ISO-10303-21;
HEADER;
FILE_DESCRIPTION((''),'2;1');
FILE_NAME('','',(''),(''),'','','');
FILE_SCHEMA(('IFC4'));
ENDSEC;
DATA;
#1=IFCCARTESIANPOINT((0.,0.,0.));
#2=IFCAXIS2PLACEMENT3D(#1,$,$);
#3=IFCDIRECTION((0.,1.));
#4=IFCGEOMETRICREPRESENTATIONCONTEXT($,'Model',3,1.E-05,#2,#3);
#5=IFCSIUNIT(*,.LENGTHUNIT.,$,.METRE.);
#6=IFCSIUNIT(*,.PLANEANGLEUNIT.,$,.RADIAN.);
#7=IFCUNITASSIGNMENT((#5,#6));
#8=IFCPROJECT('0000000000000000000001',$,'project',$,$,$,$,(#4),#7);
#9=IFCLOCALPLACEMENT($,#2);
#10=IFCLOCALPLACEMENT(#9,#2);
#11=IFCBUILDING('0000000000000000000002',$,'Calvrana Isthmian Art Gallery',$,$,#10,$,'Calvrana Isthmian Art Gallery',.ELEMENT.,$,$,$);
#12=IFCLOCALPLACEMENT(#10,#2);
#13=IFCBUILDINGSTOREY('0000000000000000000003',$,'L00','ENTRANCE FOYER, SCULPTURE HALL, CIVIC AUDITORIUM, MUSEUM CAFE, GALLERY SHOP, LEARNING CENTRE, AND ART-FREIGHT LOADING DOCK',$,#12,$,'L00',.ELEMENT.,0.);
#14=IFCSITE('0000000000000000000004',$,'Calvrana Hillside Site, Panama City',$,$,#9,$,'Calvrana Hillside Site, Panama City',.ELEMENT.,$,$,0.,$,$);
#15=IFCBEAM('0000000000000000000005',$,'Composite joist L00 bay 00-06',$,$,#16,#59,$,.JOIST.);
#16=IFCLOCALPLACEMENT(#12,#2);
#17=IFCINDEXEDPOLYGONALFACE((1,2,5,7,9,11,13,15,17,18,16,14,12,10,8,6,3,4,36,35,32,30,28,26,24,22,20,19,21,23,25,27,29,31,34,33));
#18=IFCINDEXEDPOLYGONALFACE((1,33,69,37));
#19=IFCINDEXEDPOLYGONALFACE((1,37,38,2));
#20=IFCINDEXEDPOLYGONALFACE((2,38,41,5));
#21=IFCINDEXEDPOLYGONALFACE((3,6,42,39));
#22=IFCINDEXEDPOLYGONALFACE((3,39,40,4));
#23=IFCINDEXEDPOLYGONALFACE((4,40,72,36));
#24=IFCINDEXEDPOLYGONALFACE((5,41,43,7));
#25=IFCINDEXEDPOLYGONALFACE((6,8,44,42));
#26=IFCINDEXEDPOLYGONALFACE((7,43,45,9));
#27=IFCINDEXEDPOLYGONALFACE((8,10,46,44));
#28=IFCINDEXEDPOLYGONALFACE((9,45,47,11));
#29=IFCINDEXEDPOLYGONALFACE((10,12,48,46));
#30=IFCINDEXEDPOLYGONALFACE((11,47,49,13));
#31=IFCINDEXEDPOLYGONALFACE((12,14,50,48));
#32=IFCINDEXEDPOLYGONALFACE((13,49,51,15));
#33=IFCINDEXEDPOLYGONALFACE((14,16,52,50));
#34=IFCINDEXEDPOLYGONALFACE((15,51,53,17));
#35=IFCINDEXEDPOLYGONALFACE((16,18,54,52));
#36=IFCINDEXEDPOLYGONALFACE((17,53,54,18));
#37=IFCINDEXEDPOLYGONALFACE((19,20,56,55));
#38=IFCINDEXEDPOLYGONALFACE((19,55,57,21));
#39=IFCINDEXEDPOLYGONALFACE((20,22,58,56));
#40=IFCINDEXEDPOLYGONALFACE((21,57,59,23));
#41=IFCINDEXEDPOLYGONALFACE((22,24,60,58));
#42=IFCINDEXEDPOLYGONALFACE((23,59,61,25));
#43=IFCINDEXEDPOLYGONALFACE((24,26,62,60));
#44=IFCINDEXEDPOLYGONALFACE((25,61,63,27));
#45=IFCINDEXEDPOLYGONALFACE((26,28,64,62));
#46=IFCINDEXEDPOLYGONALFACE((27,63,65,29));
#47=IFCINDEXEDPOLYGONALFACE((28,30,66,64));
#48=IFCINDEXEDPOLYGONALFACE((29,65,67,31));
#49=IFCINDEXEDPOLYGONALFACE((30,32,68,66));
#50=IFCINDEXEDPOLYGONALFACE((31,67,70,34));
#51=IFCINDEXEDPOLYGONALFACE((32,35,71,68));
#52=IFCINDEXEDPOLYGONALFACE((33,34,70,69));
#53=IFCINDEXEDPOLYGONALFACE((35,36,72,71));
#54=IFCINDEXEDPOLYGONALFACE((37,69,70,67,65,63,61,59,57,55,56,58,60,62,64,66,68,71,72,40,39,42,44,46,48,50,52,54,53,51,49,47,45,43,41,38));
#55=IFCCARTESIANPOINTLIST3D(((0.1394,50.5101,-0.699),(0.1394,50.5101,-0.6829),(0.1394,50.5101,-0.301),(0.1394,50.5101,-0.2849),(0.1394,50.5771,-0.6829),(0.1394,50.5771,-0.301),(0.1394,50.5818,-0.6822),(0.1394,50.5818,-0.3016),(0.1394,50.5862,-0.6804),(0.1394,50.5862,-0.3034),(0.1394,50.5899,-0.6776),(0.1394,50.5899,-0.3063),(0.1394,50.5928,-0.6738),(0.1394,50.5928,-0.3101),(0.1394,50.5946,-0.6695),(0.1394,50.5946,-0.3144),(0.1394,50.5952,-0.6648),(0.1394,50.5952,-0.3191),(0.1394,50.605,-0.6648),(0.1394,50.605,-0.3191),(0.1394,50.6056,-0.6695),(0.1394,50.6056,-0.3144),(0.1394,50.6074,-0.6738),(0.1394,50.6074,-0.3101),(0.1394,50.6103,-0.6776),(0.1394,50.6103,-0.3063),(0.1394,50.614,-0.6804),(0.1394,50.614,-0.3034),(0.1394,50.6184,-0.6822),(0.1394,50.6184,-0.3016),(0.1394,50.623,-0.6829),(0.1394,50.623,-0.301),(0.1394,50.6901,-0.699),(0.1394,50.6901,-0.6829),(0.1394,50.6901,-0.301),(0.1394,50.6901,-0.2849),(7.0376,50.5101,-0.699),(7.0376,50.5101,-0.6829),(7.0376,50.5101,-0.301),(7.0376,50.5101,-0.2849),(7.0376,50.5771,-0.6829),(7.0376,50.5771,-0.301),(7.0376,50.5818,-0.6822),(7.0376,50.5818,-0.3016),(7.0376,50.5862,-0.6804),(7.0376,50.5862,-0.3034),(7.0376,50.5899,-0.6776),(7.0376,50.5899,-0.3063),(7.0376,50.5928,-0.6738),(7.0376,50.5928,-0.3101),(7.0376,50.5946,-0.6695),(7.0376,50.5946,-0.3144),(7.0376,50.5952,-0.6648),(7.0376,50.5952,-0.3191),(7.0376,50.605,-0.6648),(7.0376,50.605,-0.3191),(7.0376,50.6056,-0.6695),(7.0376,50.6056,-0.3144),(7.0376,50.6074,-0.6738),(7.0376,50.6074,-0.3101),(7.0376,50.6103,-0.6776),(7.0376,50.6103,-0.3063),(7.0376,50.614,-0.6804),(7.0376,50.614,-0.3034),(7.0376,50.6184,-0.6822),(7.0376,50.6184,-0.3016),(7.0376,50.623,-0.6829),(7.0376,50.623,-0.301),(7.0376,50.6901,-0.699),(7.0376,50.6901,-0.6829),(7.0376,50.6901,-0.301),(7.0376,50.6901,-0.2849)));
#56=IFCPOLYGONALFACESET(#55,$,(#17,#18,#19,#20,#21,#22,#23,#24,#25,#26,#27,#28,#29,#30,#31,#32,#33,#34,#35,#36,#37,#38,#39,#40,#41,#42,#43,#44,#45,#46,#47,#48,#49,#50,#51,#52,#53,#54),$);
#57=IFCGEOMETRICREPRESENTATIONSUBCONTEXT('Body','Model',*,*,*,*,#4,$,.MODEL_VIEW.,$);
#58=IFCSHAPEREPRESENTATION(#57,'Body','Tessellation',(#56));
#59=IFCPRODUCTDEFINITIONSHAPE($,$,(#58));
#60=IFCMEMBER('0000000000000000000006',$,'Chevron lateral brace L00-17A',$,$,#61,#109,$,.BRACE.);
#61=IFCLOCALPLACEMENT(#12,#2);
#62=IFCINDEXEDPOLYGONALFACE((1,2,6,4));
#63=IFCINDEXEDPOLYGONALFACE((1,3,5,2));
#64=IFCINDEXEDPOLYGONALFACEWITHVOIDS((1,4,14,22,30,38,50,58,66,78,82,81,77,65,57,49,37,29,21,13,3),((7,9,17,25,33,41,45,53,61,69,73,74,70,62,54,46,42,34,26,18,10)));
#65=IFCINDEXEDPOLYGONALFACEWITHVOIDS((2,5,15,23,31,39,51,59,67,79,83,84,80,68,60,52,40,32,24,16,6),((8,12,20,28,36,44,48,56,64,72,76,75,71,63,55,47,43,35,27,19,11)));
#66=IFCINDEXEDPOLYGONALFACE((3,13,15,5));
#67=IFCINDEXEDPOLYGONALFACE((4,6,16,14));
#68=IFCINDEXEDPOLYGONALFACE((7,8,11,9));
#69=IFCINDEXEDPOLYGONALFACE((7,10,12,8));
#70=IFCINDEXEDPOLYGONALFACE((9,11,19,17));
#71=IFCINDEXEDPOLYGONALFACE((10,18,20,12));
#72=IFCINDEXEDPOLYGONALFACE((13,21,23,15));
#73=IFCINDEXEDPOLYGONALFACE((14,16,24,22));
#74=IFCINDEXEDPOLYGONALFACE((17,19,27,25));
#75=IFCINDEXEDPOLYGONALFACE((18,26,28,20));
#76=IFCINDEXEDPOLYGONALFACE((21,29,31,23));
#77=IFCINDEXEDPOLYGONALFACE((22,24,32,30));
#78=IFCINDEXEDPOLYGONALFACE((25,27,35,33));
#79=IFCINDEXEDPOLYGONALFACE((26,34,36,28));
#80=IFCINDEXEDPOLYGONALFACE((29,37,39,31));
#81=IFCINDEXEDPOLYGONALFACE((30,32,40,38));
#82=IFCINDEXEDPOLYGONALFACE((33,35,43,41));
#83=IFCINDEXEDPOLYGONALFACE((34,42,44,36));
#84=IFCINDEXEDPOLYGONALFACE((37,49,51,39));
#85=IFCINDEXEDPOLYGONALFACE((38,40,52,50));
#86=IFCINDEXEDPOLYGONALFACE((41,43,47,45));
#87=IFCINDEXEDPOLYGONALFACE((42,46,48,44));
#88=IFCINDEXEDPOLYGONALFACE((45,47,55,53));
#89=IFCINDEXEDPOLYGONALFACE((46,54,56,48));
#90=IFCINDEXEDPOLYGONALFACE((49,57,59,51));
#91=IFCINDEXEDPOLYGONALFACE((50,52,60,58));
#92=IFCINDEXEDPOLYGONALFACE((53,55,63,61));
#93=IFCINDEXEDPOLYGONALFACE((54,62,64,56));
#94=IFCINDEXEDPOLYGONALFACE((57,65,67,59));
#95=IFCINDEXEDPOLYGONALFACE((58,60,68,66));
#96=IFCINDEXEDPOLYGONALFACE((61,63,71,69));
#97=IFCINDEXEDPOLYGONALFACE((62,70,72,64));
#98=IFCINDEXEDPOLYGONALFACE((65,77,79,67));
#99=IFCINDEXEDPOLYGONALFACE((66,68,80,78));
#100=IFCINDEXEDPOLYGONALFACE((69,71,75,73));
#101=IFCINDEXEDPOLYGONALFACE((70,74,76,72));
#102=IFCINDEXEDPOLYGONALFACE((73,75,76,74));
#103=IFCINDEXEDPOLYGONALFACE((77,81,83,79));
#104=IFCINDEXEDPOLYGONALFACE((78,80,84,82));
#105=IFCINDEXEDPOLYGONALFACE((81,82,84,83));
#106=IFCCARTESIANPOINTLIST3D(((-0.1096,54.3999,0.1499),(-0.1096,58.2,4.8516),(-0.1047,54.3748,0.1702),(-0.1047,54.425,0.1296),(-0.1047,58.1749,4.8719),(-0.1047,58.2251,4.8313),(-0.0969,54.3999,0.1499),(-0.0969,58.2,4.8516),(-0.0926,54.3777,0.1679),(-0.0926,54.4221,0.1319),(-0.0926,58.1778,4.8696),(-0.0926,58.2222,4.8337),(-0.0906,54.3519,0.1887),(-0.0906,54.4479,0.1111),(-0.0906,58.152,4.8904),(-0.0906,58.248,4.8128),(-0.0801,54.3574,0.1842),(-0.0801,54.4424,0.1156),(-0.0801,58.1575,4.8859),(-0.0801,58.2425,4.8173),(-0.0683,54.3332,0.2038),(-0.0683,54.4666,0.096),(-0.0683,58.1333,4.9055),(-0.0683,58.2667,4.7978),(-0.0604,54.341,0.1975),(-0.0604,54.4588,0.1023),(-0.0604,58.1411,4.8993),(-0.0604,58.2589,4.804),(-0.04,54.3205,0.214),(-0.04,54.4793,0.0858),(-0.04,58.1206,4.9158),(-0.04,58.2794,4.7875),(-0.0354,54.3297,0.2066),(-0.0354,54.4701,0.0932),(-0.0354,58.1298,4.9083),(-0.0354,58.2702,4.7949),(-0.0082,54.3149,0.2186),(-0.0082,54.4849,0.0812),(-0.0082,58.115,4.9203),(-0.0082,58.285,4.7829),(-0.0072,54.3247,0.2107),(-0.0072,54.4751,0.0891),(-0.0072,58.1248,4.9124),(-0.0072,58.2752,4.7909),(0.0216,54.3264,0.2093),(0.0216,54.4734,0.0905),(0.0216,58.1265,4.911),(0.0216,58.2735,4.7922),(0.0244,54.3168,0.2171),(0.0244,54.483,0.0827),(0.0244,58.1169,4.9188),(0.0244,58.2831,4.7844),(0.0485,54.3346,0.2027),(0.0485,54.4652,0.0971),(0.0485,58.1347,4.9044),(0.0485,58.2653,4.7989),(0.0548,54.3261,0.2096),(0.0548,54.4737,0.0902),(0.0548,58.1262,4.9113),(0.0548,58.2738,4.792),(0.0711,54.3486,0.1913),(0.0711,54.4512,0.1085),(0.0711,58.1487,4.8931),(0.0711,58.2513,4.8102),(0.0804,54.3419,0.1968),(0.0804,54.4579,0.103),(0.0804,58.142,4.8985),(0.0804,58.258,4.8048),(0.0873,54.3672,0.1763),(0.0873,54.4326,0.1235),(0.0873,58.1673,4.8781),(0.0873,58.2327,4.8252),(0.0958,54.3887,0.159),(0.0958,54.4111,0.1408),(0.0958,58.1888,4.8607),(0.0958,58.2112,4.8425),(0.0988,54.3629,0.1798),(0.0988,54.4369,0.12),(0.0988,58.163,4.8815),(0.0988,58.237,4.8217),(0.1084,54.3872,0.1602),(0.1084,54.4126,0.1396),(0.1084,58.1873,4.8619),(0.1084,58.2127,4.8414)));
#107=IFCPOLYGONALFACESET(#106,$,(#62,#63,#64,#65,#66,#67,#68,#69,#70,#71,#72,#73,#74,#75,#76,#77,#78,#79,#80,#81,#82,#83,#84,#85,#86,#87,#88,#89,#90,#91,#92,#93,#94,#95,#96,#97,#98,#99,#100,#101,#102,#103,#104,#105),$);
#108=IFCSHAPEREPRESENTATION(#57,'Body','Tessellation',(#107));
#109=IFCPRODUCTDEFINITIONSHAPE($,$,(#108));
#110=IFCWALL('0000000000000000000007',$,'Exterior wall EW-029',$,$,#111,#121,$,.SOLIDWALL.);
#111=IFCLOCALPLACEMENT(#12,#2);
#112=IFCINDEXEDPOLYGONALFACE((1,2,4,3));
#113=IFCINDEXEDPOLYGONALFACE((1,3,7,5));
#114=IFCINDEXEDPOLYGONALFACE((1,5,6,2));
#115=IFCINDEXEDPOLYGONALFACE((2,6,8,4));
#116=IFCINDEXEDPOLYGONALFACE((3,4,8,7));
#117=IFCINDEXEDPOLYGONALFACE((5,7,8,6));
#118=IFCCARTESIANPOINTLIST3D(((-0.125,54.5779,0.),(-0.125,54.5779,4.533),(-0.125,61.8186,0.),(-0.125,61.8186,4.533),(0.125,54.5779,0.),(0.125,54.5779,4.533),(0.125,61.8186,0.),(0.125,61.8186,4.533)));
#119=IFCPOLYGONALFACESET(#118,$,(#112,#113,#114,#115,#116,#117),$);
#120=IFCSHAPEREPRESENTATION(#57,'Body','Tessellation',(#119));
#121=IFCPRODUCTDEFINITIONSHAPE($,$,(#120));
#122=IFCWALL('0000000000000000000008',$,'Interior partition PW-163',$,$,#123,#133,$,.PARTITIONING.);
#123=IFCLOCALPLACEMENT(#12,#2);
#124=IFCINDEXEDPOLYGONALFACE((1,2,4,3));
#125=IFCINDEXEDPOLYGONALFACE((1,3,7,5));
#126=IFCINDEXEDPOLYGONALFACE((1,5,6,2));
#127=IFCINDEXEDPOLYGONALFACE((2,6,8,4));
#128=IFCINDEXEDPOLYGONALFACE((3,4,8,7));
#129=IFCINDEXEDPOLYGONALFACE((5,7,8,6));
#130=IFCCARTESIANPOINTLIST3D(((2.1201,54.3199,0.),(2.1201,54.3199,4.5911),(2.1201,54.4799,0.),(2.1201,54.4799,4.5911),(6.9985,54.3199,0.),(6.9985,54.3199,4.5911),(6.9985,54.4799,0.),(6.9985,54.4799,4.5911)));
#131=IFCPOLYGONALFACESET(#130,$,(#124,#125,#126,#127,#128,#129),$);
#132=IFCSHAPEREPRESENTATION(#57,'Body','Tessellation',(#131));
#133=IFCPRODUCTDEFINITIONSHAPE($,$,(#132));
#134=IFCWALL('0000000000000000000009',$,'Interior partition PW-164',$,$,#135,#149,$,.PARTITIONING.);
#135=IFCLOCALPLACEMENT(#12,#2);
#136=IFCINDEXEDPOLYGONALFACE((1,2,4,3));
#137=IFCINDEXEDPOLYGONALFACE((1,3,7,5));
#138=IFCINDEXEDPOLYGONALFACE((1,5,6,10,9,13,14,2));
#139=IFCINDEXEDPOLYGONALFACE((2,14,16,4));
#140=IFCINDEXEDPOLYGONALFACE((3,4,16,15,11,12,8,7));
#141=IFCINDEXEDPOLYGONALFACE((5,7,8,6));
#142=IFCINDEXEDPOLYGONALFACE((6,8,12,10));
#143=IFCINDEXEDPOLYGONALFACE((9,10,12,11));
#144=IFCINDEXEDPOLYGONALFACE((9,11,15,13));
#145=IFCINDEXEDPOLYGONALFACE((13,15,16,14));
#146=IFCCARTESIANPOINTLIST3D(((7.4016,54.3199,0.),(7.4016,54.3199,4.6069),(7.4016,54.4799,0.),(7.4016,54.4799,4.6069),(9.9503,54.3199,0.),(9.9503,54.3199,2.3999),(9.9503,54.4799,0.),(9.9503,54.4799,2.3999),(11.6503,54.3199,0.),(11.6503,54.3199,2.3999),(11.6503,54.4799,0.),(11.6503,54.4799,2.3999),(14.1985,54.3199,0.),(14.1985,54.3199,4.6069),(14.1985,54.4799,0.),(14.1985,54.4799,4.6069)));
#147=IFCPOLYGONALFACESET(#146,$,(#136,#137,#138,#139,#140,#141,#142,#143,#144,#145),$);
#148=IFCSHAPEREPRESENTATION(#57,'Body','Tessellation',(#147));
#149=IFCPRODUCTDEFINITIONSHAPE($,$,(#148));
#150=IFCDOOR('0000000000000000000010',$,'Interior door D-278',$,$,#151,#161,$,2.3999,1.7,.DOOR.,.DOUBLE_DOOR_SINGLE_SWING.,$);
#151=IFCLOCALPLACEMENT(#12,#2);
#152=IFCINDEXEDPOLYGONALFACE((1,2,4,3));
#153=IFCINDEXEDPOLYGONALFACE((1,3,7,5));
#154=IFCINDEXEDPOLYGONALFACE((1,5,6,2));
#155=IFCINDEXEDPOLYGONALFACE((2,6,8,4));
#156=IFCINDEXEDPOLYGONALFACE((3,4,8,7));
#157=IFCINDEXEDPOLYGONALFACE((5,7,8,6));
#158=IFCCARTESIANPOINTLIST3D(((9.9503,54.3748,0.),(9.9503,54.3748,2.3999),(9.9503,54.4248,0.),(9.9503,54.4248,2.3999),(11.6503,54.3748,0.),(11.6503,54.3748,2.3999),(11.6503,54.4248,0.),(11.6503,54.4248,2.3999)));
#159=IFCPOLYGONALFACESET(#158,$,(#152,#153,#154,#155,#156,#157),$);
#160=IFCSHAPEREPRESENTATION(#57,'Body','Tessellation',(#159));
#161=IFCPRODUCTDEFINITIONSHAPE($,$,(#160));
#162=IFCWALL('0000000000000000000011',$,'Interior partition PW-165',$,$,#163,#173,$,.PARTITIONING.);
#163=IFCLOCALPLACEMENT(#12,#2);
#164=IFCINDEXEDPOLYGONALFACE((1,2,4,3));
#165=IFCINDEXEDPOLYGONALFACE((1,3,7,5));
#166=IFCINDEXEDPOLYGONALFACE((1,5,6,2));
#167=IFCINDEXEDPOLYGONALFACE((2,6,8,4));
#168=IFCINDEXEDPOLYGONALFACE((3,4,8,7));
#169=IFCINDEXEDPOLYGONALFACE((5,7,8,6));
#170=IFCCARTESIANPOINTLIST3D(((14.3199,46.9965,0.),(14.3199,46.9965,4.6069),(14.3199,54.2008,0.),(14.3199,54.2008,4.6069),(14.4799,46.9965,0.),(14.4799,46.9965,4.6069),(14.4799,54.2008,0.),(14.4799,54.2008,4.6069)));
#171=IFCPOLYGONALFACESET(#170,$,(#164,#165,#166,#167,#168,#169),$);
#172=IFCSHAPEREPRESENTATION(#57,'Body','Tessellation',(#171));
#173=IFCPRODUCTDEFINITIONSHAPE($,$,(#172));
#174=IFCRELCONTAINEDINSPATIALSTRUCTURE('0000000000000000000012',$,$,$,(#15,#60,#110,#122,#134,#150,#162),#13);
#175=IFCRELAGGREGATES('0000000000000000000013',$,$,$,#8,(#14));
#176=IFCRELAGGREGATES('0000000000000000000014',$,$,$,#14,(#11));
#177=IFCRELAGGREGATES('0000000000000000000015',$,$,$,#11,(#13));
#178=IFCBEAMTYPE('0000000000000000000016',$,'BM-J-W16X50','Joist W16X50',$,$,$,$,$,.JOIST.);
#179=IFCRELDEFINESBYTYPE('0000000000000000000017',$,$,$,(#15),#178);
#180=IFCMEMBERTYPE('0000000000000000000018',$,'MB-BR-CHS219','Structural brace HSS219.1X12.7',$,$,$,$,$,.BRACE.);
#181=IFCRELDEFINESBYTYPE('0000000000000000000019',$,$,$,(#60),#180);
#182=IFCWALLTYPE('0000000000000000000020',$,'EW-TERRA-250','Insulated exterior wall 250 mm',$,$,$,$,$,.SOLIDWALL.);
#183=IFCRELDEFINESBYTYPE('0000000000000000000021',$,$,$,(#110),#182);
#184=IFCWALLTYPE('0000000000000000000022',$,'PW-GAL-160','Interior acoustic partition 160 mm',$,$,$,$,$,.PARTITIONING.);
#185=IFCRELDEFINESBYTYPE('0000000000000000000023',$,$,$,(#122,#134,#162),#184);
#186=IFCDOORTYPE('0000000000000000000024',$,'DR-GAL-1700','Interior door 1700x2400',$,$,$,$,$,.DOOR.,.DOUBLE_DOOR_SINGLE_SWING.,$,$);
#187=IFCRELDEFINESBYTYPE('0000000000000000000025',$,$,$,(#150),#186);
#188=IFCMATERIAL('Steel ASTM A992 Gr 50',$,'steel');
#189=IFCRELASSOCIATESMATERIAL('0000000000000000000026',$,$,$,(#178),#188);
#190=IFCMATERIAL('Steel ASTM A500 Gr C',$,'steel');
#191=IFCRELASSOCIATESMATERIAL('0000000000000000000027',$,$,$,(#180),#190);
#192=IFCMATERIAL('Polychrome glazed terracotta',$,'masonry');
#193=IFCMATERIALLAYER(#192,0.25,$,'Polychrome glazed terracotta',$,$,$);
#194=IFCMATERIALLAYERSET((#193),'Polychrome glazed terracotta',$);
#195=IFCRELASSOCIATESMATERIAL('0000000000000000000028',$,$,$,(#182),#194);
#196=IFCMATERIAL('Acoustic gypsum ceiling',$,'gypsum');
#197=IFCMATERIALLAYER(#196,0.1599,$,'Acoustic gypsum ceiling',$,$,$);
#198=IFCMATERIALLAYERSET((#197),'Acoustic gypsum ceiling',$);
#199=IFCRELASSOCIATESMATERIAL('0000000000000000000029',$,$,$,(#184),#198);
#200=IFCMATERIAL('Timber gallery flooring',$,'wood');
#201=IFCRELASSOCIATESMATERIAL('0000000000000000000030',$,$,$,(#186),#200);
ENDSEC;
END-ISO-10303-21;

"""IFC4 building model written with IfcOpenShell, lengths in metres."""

from ifc_helpers import new_model, si_unit, direction, frame, frame_2d, origin, origin_2d, place, context, subcontext, project, spatial, rectangle, hollow_circle, i_section, extrude, material, layer, layer_set, material_profile, profile_set, type_object, element, fill, save


model = new_model("IFC4")

# Units and contexts
model_context = context("Model", 3, precision=1e-05, world=origin(), true_north=direction((0.0, 1.0)))
body_context = subcontext(model_context, "Body", "Model", "MODEL_VIEW")
ifc_project = project(units=[si_unit("LENGTHUNIT", "METRE"), si_unit("PLANEANGLEUNIT", "RADIAN")], contexts=[model_context])

# Site, building, storey
site_placement = place(None, origin())
site = spatial("IfcSite", under=ifc_project, at=site_placement, Name="Calvrana Hillside Site, Panama City", LongName="Calvrana Hillside Site, Panama City", CompositionType="ELEMENT", RefElevation=0.0)
building_placement = place(site_placement, origin())
building = spatial("IfcBuilding", under=site, at=building_placement, Name="Calvrana Isthmian Art Gallery", LongName="Calvrana Isthmian Art Gallery", CompositionType="ELEMENT")
storey_placement = place(building_placement, origin())
storey = spatial("IfcBuildingStorey", under=building, at=storey_placement, Name="L00", Description="ENTRANCE FOYER, SCULPTURE HALL, CIVIC AUDITORIUM, MUSEUM CAFE, GALLERY SHOP, LEARNING CENTRE, AND ART-FREIGHT LOADING DOCK", LongName="L00", CompositionType="ELEMENT", Elevation=0.0)

# Shared definitions
ifc_material_1 = material(Name="Steel ASTM A992 Gr 50", Category="steel")

# Beam
ifc_material_profile_1 = material_profile(ifc_material_1, i_section(OverallWidth=0.1799, OverallDepth=0.4141, WebThickness=0.0098, FlangeThickness=0.0161, FilletRadius=0.0181, at=origin_2d()), Name="W16X50")
ifc_profile_set_1 = profile_set([ifc_material_profile_1], Name="Steel ASTM A992 Gr 50")
beam_type_1 = type_object("IfcBeamType", Name="BM-J-W16X50", Description="Joist W16X50", PredefinedType="JOIST", material=ifc_profile_set_1)
beam_1_placement = place(storey_placement, frame((0.1394, 50.6001, -0.4919), z_axis=(1.0, 0.0, 0.0), x_axis=(0.0, 1.0, 0.0)))
element("IfcBeam", 1, at=beam_1_placement, inside=storey, type_object=beam_type_1, Name="Composite joist L00 bay 00-06", PredefinedType="JOIST", context=body_context, shape_type="SweptSolid", body=[
    extrude(i_section(OverallWidth=0.1799, OverallDepth=0.4141, WebThickness=0.0098, FlangeThickness=0.0161, FilletRadius=0.0181, at=origin_2d()), origin(), (0.0, 0.0, 1.0), 6.8982),
])

# Member
ifc_material_2 = material(Name="Steel ASTM A500 Gr C", Category="steel")
ifc_material_profile_2 = material_profile(ifc_material_2, hollow_circle(Radius=0.1096, WallThickness=0.0127, at=origin_2d()), Name="HSS219.1X12.7")
ifc_profile_set_2 = profile_set([ifc_material_profile_2], Name="Steel ASTM A500 Gr C")
member_type = type_object("IfcMemberType", Name="MB-BR-CHS219", Description="Structural brace HSS219.1X12.7", PredefinedType="BRACE", material=ifc_profile_set_2)
member_placement = place(storey_placement, frame((0.0, 54.3999, 0.1499), z_axis=(0.0, 0.628593, 0.777735), x_axis=(-1.0, 0.0, 0.0)))
element("IfcMember", 2, at=member_placement, inside=storey, type_object=member_type, Name="Chevron lateral brace L00-17A", PredefinedType="BRACE", context=body_context, shape_type="SweptSolid", body=[
    extrude(hollow_circle(Radius=0.1096, WallThickness=0.0127, at=origin_2d()), origin(), (0.0, 0.0, 1.0), 6.0454),
])

# Walls
ifc_material_3 = material(Name="Polychrome glazed terracotta", Category="masonry")
ifc_layer_1 = layer(ifc_material_3, 0.25, Name="Polychrome glazed terracotta")
ifc_layer_set_1 = layer_set([ifc_layer_1], Name="Polychrome glazed terracotta")
wall_type_1 = type_object("IfcWallType", Name="EW-TERRA-250", Description="Insulated exterior wall 250 mm", PredefinedType="SOLIDWALL", material=ifc_layer_set_1)
wall_1_placement = place(storey_placement, frame((0.0, 54.5779, 0.0), z_axis=(0.0, 0.0, 1.0), x_axis=(0.0, 1.0, 0.0)))
element("IfcWall", 3, at=wall_1_placement, inside=storey, type_object=wall_type_1, Name="Exterior wall EW-029", PredefinedType="SOLIDWALL", context=body_context, shape_type="SweptSolid", body=[
    extrude(rectangle(XDim=7.2407, YDim=0.25, at=frame_2d((3.6204, 0.0))), origin(), (0.0, 0.0, 1.0), 4.533),
])
ifc_material_4 = material(Name="Acoustic gypsum ceiling", Category="gypsum")
ifc_layer_2 = layer(ifc_material_4, 0.1599, Name="Acoustic gypsum ceiling")
ifc_layer_set_2 = layer_set([ifc_layer_2], Name="Acoustic gypsum ceiling")
wall_type_2 = type_object("IfcWallType", Name="PW-GAL-160", Description="Interior acoustic partition 160 mm", PredefinedType="PARTITIONING", material=ifc_layer_set_2)
wall_2_placement = place(storey_placement, frame((2.1201, 54.3999, 0.0), z_axis=(0.0, 0.0, 1.0), x_axis=(1.0, 0.0, 0.0)))
element("IfcWall", 4, at=wall_2_placement, inside=storey, type_object=wall_type_2, Name="Interior partition PW-163", PredefinedType="PARTITIONING", context=body_context, shape_type="SweptSolid", body=[
    extrude(rectangle(XDim=4.8784, YDim=0.1599, at=frame_2d((2.4392, 0.0))), origin(), (0.0, 0.0, 1.0), 4.5911),
])

# Wall, opening, door
wall_3_placement = place(storey_placement, frame((7.4016, 54.3999, 0.0), z_axis=(0.0, 0.0, 1.0), x_axis=(1.0, 0.0, 0.0)))
wall_3 = element("IfcWall", 5, at=wall_3_placement, inside=storey, type_object=wall_type_2, Name="Interior partition PW-164", PredefinedType="PARTITIONING", context=body_context, shape_type="SweptSolid", body=[
    extrude(rectangle(XDim=6.7969, YDim=0.1599, at=frame_2d((3.3984, 0.0))), origin(), (0.0, 0.0, 1.0), 4.6069),
])
opening_1_placement = place(wall_3_placement, frame((2.5486, 0.0, 0.0)))
opening_1 = element("IfcOpeningElement", 6, at=opening_1_placement, cuts=wall_3, PredefinedType="OPENING", context=body_context, shape_type="SweptSolid", body=[
    extrude(rectangle(XDim=1.7, YDim=2.3999, at=frame_2d((0.8501, 1.2))), frame((0.0, 0.0903, 0.0), z_axis=(0.0, -1.0, 0.0), x_axis=(1.0, 0.0, 0.0)), (0.0, 0.0, 1.0), 0.1804),
])
ifc_material_5 = material(Name="Timber gallery flooring", Category="wood")
door_type_1 = type_object("IfcDoorType", Name="DR-GAL-1700", Description="Interior door 1700x2400", OperationType="DOUBLE_DOOR_SINGLE_SWING", PredefinedType="DOOR", material=ifc_material_5)
door_1_placement = place(opening_1_placement, origin())
door_1 = element("IfcDoor", 7, at=door_1_placement, inside=storey, type_object=door_type_1, Name="Interior door D-278", OperationType="DOUBLE_DOOR_SINGLE_SWING", OverallHeight=2.3999, OverallWidth=1.7, PredefinedType="DOOR", context=body_context, shape_type="SweptSolid", body=[
    extrude(rectangle(XDim=1.7, YDim=2.3999, at=frame_2d((0.8501, 1.2))), frame((0.0, 0.0249, 0.0), z_axis=(0.0, -1.0, 0.0), x_axis=(1.0, 0.0, 0.0)), (0.0, 0.0, 1.0), 0.05),
])
fill(opening_1, door_1)

# Wall
wall_4_placement = place(storey_placement, frame((14.3999, 46.9966, 0.0), z_axis=(0.0, 0.0, 1.0), x_axis=(0.0, 1.0, 0.0)))
element("IfcWall", 8, at=wall_4_placement, inside=storey, type_object=wall_type_2, Name="Interior partition PW-165", PredefinedType="PARTITIONING", context=body_context, shape_type="SweptSolid", body=[
    extrude(rectangle(XDim=7.2043, YDim=0.1599, at=frame_2d((3.6021, 0.0))), origin(), (0.0, 0.0, 1.0), 4.6069),
])

save(model, "model.ifc")
